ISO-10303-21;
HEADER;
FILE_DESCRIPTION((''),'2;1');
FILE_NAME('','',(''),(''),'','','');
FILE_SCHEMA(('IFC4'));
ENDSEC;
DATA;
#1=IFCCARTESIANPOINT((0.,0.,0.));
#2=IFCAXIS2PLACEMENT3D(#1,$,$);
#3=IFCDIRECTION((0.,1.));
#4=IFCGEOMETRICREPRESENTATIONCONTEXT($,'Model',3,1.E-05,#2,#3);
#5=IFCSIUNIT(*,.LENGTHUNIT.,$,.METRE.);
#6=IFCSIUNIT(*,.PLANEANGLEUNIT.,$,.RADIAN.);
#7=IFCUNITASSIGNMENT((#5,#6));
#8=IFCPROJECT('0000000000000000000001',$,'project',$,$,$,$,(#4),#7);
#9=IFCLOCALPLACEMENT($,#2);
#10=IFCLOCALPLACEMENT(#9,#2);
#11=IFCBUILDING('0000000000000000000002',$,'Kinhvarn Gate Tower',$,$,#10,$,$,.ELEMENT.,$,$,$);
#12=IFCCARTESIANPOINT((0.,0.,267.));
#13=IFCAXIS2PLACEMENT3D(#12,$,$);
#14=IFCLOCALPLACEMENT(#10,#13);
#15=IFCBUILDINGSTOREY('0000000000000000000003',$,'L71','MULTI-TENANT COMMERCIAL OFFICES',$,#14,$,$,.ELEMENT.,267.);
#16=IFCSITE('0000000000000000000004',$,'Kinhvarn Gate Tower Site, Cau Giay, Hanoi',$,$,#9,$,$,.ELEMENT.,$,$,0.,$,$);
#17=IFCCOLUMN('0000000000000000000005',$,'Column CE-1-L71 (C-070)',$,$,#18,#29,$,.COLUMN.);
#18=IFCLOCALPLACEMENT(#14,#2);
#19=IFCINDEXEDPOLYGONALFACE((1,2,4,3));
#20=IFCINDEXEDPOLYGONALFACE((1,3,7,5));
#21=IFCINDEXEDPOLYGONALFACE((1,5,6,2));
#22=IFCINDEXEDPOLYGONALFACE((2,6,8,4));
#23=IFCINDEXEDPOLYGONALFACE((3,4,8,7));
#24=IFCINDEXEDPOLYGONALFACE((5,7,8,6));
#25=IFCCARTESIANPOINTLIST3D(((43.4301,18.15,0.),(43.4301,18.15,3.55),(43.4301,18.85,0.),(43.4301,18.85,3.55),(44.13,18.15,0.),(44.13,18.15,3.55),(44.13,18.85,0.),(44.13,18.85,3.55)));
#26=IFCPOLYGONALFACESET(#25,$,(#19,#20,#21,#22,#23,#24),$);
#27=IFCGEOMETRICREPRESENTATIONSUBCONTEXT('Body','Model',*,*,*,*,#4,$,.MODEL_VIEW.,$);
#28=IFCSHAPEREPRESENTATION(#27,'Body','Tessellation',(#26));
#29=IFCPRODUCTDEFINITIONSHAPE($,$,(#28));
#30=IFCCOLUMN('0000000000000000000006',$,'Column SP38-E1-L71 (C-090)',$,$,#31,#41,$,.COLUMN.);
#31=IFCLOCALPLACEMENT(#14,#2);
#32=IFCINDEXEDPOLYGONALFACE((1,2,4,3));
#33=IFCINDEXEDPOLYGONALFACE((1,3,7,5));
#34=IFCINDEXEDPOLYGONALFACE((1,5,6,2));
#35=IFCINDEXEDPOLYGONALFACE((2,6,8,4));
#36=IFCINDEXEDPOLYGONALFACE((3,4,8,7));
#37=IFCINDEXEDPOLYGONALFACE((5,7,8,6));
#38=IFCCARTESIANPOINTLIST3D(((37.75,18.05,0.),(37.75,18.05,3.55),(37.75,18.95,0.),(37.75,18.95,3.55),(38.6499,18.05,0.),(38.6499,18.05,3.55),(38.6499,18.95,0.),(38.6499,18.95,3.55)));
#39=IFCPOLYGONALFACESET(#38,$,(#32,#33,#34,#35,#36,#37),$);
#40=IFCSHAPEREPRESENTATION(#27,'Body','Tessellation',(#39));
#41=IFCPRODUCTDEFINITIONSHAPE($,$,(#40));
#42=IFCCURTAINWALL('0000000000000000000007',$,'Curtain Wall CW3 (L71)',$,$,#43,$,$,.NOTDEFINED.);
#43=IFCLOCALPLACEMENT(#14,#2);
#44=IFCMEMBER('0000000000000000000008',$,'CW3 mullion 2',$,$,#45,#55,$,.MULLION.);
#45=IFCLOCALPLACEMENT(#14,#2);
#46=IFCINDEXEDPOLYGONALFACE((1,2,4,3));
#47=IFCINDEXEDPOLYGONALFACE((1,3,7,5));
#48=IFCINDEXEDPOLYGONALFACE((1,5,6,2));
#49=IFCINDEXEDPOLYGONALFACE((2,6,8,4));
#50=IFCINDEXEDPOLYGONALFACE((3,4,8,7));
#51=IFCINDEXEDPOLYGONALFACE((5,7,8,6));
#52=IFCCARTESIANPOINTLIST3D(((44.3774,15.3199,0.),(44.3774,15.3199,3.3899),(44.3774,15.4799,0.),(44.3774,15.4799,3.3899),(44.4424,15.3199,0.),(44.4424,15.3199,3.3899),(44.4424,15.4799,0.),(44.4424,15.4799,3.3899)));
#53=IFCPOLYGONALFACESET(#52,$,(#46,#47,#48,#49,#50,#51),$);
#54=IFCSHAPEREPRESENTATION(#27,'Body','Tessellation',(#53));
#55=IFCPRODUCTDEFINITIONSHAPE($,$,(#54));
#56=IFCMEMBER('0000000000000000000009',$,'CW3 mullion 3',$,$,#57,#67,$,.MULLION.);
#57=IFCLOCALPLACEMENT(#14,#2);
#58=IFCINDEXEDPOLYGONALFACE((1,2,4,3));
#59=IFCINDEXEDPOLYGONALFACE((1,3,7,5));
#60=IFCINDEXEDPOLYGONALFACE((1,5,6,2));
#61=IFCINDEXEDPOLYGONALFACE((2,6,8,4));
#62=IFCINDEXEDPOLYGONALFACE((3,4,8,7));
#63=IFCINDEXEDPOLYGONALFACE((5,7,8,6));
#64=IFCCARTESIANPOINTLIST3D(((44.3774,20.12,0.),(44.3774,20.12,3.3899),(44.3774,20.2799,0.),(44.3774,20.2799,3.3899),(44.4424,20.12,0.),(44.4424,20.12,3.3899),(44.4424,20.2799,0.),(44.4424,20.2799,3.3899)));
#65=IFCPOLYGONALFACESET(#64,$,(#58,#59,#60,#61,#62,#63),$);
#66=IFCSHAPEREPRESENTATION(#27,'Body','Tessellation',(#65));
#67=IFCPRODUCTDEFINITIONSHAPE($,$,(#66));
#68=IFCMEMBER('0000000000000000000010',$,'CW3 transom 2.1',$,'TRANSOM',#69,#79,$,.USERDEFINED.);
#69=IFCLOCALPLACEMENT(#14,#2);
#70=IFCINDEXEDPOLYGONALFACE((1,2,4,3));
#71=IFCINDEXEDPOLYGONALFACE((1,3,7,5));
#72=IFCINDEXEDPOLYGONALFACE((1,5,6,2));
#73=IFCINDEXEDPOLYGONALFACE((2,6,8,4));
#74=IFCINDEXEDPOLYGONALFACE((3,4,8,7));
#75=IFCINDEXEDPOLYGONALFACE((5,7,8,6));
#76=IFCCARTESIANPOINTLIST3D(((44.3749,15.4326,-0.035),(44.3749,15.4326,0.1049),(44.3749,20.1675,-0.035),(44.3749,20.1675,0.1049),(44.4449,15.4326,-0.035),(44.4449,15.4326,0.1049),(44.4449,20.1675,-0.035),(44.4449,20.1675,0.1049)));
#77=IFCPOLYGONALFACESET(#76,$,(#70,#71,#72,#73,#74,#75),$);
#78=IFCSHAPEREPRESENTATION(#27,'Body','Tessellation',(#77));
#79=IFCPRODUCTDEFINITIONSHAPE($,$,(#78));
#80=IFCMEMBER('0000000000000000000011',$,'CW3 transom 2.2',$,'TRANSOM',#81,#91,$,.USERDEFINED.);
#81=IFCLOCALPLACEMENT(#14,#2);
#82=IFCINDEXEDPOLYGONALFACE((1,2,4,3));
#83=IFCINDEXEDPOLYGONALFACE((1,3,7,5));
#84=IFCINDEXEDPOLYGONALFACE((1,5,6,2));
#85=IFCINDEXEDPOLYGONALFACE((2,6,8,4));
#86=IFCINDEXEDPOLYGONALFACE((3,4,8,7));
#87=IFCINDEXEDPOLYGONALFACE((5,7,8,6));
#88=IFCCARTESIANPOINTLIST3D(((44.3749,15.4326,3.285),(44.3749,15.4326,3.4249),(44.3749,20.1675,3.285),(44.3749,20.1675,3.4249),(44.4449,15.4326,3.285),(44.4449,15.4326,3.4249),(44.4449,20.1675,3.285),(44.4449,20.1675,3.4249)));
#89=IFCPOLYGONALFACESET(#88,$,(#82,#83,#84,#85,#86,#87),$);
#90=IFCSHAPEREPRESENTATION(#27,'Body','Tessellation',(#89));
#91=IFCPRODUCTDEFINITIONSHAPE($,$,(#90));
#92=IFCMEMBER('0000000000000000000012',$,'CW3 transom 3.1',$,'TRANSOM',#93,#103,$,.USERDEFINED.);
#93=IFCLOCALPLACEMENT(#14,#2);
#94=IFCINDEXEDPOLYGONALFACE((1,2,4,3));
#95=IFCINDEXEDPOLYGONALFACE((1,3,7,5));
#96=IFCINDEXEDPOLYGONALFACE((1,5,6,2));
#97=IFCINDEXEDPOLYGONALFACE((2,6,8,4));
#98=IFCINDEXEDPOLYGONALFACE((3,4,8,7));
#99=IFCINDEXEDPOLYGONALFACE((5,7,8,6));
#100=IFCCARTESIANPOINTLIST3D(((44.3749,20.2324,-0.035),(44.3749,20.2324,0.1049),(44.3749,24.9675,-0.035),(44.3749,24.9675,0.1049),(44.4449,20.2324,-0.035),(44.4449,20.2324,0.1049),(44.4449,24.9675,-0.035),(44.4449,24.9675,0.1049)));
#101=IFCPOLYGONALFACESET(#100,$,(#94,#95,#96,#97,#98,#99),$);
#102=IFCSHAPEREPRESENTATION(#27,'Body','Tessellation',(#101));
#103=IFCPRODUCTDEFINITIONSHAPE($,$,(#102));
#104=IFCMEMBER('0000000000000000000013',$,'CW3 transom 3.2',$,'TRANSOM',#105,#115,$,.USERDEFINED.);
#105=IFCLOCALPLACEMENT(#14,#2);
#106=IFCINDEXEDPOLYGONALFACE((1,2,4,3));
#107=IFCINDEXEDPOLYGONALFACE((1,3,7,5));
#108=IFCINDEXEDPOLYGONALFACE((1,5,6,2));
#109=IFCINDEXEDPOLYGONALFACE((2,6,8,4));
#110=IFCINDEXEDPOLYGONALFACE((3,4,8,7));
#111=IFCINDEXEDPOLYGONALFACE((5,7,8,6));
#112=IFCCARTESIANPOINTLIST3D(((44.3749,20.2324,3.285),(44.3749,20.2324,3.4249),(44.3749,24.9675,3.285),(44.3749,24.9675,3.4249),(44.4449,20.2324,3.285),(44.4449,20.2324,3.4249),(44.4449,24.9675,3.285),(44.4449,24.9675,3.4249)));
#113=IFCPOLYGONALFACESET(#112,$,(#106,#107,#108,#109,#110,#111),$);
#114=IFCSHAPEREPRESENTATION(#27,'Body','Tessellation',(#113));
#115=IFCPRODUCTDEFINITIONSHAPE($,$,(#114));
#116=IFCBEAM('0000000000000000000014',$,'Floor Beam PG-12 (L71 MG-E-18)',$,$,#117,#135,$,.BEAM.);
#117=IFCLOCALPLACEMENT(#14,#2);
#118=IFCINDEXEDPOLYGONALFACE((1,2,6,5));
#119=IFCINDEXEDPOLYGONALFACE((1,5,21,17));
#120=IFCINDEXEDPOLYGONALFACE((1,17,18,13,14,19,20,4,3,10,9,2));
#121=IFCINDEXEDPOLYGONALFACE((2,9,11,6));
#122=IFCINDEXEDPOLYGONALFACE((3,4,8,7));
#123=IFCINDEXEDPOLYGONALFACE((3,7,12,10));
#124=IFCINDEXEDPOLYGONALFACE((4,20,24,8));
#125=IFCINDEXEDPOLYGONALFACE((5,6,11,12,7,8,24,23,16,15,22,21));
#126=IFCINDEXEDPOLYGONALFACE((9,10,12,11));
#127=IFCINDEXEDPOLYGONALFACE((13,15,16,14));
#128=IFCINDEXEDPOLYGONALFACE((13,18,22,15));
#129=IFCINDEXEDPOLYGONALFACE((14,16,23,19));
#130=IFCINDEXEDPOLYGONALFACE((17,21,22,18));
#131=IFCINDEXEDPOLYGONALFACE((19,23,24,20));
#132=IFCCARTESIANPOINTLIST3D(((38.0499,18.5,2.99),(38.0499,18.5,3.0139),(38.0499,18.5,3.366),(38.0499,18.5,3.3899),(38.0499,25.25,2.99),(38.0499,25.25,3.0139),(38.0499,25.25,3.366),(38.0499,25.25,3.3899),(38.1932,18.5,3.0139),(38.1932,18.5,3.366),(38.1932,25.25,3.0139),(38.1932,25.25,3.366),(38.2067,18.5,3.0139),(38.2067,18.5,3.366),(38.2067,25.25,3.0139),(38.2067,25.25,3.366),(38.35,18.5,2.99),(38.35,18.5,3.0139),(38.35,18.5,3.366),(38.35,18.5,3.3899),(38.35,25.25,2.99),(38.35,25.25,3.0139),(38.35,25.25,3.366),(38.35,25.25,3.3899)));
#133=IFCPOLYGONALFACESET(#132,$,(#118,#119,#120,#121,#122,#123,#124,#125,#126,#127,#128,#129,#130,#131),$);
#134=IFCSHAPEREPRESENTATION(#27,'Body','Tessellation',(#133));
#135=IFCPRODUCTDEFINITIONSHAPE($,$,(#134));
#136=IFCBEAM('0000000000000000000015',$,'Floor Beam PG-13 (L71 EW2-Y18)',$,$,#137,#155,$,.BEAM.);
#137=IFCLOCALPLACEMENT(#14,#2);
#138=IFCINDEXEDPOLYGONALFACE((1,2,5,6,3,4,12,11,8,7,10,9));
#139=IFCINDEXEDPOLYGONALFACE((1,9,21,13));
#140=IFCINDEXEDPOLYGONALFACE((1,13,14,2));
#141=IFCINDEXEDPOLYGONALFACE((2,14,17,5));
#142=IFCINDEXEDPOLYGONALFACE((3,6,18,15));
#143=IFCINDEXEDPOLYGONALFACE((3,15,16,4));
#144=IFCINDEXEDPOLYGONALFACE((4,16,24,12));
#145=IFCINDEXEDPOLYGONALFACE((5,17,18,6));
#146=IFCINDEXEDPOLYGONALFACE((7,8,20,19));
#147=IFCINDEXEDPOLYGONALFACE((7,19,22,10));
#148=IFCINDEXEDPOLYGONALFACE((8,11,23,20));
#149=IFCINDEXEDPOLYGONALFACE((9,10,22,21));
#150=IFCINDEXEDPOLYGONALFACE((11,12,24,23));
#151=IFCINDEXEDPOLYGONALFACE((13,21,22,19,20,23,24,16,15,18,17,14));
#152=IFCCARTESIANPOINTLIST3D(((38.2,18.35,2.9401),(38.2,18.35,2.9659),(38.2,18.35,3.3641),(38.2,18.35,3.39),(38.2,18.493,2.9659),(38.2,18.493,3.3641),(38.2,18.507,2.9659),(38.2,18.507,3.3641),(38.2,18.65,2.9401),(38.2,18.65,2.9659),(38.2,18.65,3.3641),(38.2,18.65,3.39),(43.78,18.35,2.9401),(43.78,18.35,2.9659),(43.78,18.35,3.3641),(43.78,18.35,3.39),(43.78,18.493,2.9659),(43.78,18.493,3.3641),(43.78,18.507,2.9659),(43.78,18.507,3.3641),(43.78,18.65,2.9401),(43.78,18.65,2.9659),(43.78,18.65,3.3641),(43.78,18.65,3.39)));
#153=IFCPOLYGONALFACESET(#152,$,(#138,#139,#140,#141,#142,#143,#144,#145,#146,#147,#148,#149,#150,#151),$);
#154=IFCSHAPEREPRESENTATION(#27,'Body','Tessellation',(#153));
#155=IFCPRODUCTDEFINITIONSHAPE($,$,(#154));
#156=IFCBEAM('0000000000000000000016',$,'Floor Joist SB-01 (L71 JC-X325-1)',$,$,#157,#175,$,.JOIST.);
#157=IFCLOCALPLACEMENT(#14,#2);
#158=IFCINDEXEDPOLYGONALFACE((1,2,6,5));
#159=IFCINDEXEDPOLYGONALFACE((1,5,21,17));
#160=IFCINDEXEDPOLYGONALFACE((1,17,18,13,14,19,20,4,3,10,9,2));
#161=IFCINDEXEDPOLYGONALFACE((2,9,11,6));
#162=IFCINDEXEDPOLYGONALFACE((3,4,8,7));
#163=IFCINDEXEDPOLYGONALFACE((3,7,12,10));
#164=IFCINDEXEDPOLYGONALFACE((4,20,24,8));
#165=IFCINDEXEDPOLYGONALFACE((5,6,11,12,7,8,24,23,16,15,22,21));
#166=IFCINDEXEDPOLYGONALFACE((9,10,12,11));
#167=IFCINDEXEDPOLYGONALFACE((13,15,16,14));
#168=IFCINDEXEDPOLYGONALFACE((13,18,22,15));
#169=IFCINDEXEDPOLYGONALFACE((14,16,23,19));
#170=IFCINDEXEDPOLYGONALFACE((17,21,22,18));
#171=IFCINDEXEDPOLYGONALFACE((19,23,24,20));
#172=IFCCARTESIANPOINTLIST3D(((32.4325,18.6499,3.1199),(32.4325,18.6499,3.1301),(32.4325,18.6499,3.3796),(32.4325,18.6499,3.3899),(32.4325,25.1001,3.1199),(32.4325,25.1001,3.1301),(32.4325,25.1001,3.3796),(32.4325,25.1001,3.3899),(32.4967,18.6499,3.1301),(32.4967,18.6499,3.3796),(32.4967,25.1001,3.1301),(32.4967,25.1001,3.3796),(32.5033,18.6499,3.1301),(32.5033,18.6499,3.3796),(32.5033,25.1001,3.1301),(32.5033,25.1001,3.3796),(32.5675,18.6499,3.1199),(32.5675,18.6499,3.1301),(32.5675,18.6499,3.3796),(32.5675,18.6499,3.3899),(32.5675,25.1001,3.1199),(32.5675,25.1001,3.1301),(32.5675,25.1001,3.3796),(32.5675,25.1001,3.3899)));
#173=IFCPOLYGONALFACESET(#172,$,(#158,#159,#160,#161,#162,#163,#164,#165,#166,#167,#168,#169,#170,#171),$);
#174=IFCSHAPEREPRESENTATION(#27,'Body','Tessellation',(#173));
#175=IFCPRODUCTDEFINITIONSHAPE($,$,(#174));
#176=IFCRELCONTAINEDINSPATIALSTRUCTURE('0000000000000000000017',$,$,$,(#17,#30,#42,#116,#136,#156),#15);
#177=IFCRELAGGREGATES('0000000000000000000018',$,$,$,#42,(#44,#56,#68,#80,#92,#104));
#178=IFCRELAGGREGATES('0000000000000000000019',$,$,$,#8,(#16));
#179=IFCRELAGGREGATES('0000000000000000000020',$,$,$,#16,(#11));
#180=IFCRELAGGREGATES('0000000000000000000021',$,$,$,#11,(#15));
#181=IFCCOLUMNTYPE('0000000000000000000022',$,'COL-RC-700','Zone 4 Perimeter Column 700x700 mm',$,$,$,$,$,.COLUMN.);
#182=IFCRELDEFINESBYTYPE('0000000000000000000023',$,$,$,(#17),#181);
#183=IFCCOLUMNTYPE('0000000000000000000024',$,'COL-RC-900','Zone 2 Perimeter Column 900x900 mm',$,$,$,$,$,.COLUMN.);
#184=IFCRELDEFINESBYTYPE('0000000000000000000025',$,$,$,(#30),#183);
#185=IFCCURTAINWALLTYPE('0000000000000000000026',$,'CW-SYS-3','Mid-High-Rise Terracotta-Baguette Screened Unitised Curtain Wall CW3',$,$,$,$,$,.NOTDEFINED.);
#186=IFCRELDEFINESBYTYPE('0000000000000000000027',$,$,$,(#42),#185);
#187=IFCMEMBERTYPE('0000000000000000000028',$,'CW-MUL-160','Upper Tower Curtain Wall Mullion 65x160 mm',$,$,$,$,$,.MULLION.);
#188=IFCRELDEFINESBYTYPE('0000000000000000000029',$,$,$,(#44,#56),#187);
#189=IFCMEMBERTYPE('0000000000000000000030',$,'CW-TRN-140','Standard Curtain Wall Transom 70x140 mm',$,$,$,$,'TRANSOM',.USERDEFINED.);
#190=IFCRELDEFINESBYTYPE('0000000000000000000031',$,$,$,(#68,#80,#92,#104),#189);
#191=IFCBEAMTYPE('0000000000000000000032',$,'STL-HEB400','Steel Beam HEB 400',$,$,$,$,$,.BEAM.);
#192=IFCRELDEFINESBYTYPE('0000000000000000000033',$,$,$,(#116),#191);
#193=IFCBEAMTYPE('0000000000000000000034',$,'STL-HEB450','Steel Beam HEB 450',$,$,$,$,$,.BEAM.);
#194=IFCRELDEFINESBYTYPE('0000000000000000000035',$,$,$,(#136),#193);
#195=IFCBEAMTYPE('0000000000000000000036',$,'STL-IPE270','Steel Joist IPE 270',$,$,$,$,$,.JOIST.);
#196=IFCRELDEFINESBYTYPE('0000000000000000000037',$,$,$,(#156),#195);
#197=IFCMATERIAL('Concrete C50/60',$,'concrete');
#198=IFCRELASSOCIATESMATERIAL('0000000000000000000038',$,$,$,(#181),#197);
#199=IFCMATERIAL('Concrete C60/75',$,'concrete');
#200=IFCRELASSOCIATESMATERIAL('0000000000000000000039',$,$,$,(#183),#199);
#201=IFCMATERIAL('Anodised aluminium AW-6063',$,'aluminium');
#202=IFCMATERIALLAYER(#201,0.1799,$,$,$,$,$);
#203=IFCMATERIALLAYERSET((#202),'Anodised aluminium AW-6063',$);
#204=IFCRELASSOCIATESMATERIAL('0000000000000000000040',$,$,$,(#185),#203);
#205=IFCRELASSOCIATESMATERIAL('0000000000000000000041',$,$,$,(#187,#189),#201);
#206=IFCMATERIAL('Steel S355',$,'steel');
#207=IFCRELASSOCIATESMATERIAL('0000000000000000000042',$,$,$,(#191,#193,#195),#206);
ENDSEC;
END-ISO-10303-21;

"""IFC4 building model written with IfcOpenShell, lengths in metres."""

from ifc_helpers import new_model, si_unit, direction, frame, origin, origin_2d, place, context, subcontext, project, spatial, rectangle, i_section, extrude, material, layer, layer_set, material_profile, profile_set, type_object, element, aggregate, save


model = new_model("IFC4")

# Units and contexts
model_context = context("Model", 3, precision=1e-05, world=origin(), true_north=direction((0.0, 1.0)))
body_context = subcontext(model_context, "Body", "Model", "MODEL_VIEW")
ifc_project = project(units=[si_unit("LENGTHUNIT", "METRE"), si_unit("PLANEANGLEUNIT", "RADIAN")], contexts=[model_context])

# Site, building, storey
site_placement = place(None, origin())
site = spatial("IfcSite", under=ifc_project, at=site_placement, Name="Kinhvarn Gate Tower Site, Cau Giay, Hanoi", CompositionType="ELEMENT", RefElevation=0.0)
building_placement = place(site_placement, origin())
building = spatial("IfcBuilding", under=site, at=building_placement, Name="Kinhvarn Gate Tower", CompositionType="ELEMENT")
storey_placement = place(building_placement, frame((0.0, 0.0, 267.0)))
storey = spatial("IfcBuildingStorey", under=building, at=storey_placement, Name="L71", Description="MULTI-TENANT COMMERCIAL OFFICES", CompositionType="ELEMENT", Elevation=267.0)

# Columns
ifc_material_1 = material(Name="Concrete C50/60", Category="concrete")
ifc_material_profile_1 = material_profile(ifc_material_1, rectangle(XDim=0.7, YDim=0.7, at=origin_2d()), Name="RC 700x700")
ifc_profile_set_1 = profile_set([ifc_material_profile_1], Name="Concrete C50/60")
column_type_1 = type_object("IfcColumnType", Name="COL-RC-700", Description="Zone 4 Perimeter Column 700x700 mm", PredefinedType="COLUMN", material=ifc_profile_set_1)
column_1_placement = place(storey_placement, frame((43.78, 18.5, 0.0), z_axis=(0.0, 0.0, 1.0), x_axis=(1.0, 0.0, 0.0)))
element("IfcColumn", 1, at=column_1_placement, inside=storey, type_object=column_type_1, Name="Column CE-1-L71 (C-070)", PredefinedType="COLUMN", context=body_context, shape_type="SweptSolid", body=[
    extrude(rectangle(XDim=0.7, YDim=0.7, at=origin_2d()), origin(), (0.0, 0.0, 1.0), 3.55),
])
ifc_material_2 = material(Name="Concrete C60/75", Category="concrete")
ifc_material_profile_2 = material_profile(ifc_material_2, rectangle(XDim=0.8999, YDim=0.8999, at=origin_2d()), Name="RC 900x900")
ifc_profile_set_2 = profile_set([ifc_material_profile_2], Name="Concrete C60/75")
column_type_2 = type_object("IfcColumnType", Name="COL-RC-900", Description="Zone 2 Perimeter Column 900x900 mm", PredefinedType="COLUMN", material=ifc_profile_set_2)
column_2_placement = place(storey_placement, frame((38.2, 18.5, 0.0), z_axis=(0.0, 0.0, 1.0), x_axis=(1.0, 0.0, 0.0)))
element("IfcColumn", 2, at=column_2_placement, inside=storey, type_object=column_type_2, Name="Column SP38-E1-L71 (C-090)", PredefinedType="COLUMN", context=body_context, shape_type="SweptSolid", body=[
    extrude(rectangle(XDim=0.8999, YDim=0.8999, at=origin_2d()), origin(), (0.0, 0.0, 1.0), 3.55),
])

# Curtain wall, members
ifc_material_3 = material(Name="Anodised aluminium AW-6063", Category="aluminium")
ifc_layer_1 = layer(ifc_material_3, 0.1799)
ifc_layer_set_1 = layer_set([ifc_layer_1], Name="Anodised aluminium AW-6063")
curtain_wall_type = type_object("IfcCurtainWallType", Name="CW-SYS-3", Description="Mid-High-Rise Terracotta-Baguette Screened Unitised Curtain Wall CW3", PredefinedType="NOTDEFINED", material=ifc_layer_set_1)
curtain_wall_placement = place(storey_placement, origin())
curtain_wall = element("IfcCurtainWall", 3, at=curtain_wall_placement, inside=storey, type_object=curtain_wall_type, Name="Curtain Wall CW3 (L71)", PredefinedType="NOTDEFINED")
ifc_material_profile_3 = material_profile(ifc_material_3, rectangle(XDim=0.0649, YDim=0.1599, at=origin_2d()), Name="ALU 65x160")
ifc_profile_set_3 = profile_set([ifc_material_profile_3], Name="Anodised aluminium AW-6063")
member_type_1 = type_object("IfcMemberType", Name="CW-MUL-160", Description="Upper Tower Curtain Wall Mullion 65x160 mm", PredefinedType="MULLION", material=ifc_profile_set_3)
member_1_placement = place(storey_placement, frame((44.4099, 15.3999, 0.0), z_axis=(0.0, 0.0, 1.0), x_axis=(-1.0, 0.0, 0.0)))
member_1 = element("IfcMember", 4, at=member_1_placement, type_object=member_type_1, Name="CW3 mullion 2", PredefinedType="MULLION", context=body_context, shape_type="SweptSolid", body=[
    extrude(rectangle(XDim=0.0649, YDim=0.1599, at=origin_2d()), origin(), (0.0, 0.0, 1.0), 3.3899),
])
member_2_placement = place(storey_placement, frame((44.4099, 20.2, 0.0), z_axis=(0.0, 0.0, 1.0), x_axis=(-1.0, 0.0, 0.0)))
member_2 = element("IfcMember", 5, at=member_2_placement, type_object=member_type_1, Name="CW3 mullion 3", PredefinedType="MULLION", context=body_context, shape_type="SweptSolid", body=[
    extrude(rectangle(XDim=0.0649, YDim=0.1599, at=origin_2d()), origin(), (0.0, 0.0, 1.0), 3.3899),
])
ifc_material_profile_4 = material_profile(ifc_material_3, rectangle(XDim=0.0701, YDim=0.1399, at=origin_2d()), Name="ALU 70x140")
ifc_profile_set_4 = profile_set([ifc_material_profile_4], Name="Anodised aluminium AW-6063")
member_type_2 = type_object("IfcMemberType", Name="CW-TRN-140", Description="Standard Curtain Wall Transom 70x140 mm", ElementType="TRANSOM", PredefinedType="USERDEFINED", material=ifc_profile_set_4)
member_3_placement = place(storey_placement, frame((44.4099, 15.4326, 0.0349), z_axis=(0.0, 1.0, 0.0), x_axis=(-1.0, 0.0, 0.0)))
member_3 = element("IfcMember", 6, at=member_3_placement, type_object=member_type_2, Name="CW3 transom 2.1", ObjectType="TRANSOM", PredefinedType="USERDEFINED", context=body_context, shape_type="SweptSolid", body=[
    extrude(rectangle(XDim=0.0701, YDim=0.1399, at=origin_2d()), origin(), (0.0, 0.0, 1.0), 4.7349),
])
member_4_placement = place(storey_placement, frame((44.4099, 15.4326, 3.355), z_axis=(0.0, 1.0, 0.0), x_axis=(-1.0, 0.0, 0.0)))
member_4 = element("IfcMember", 7, at=member_4_placement, type_object=member_type_2, Name="CW3 transom 2.2", ObjectType="TRANSOM", PredefinedType="USERDEFINED", context=body_context, shape_type="SweptSolid", body=[
    extrude(rectangle(XDim=0.0701, YDim=0.1399, at=origin_2d()), origin(), (0.0, 0.0, 1.0), 4.7349),
])
member_5_placement = place(storey_placement, frame((44.4099, 20.2324, 0.0349), z_axis=(0.0, 1.0, 0.0), x_axis=(-1.0, 0.0, 0.0)))
member_5 = element("IfcMember", 8, at=member_5_placement, type_object=member_type_2, Name="CW3 transom 3.1", ObjectType="TRANSOM", PredefinedType="USERDEFINED", context=body_context, shape_type="SweptSolid", body=[
    extrude(rectangle(XDim=0.0701, YDim=0.1399, at=origin_2d()), origin(), (0.0, 0.0, 1.0), 4.7351),
])
member_6_placement = place(storey_placement, frame((44.4099, 20.2324, 3.355), z_axis=(0.0, 1.0, 0.0), x_axis=(-1.0, 0.0, 0.0)))
member_6 = element("IfcMember", 9, at=member_6_placement, type_object=member_type_2, Name="CW3 transom 3.2", ObjectType="TRANSOM", PredefinedType="USERDEFINED", context=body_context, shape_type="SweptSolid", body=[
    extrude(rectangle(XDim=0.0701, YDim=0.1399, at=origin_2d()), origin(), (0.0, 0.0, 1.0), 4.7351),
])

# Beams
ifc_material_4 = material(Name="Steel S355", Category="steel")
ifc_material_profile_5 = material_profile(ifc_material_4, i_section(OverallWidth=0.3, OverallDepth=0.3999, WebThickness=0.0134, FlangeThickness=0.0239, at=origin_2d()), Name="HEB 400")
ifc_profile_set_5 = profile_set([ifc_material_profile_5], Name="Steel S355")
beam_type_1 = type_object("IfcBeamType", Name="STL-HEB400", Description="Steel Beam HEB 400", PredefinedType="BEAM", material=ifc_profile_set_5)
beam_1_placement = place(storey_placement, frame((38.2, 18.5, 3.1899), z_axis=(0.0, 1.0, 0.0), x_axis=(-1.0, 0.0, 0.0)))
element("IfcBeam", 10, at=beam_1_placement, inside=storey, type_object=beam_type_1, Name="Floor Beam PG-12 (L71 MG-E-18)", PredefinedType="BEAM", context=body_context, shape_type="SweptSolid", body=[
    extrude(i_section(OverallWidth=0.3, OverallDepth=0.3999, WebThickness=0.0134, FlangeThickness=0.0239, at=origin_2d()), origin(), (0.0, 0.0, 1.0), 6.75),
])
ifc_material_profile_6 = material_profile(ifc_material_4, i_section(OverallWidth=0.3, OverallDepth=0.45, WebThickness=0.0139, FlangeThickness=0.0259, at=origin_2d()), Name="HEB 450")
ifc_profile_set_6 = profile_set([ifc_material_profile_6], Name="Steel S355")
beam_type_2 = type_object("IfcBeamType", Name="STL-HEB450", Description="Steel Beam HEB 450", PredefinedType="BEAM", material=ifc_profile_set_6)
beam_2_placement = place(storey_placement, frame((38.2, 18.5, 3.165), z_axis=(1.0, 0.0, 0.0), x_axis=(0.0, 1.0, 0.0)))
element("IfcBeam", 11, at=beam_2_placement, inside=storey, type_object=beam_type_2, Name="Floor Beam PG-13 (L71 EW2-Y18)", PredefinedType="BEAM", context=body_context, shape_type="SweptSolid", body=[
    extrude(i_section(OverallWidth=0.3, OverallDepth=0.45, WebThickness=0.0139, FlangeThickness=0.0259, at=origin_2d()), origin(), (0.0, 0.0, 1.0), 5.5801),
])
ifc_material_profile_7 = material_profile(ifc_material_4, i_section(OverallWidth=0.135, OverallDepth=0.27, WebThickness=0.0066, FlangeThickness=0.0103, at=origin_2d()), Name="IPE 270")
ifc_profile_set_7 = profile_set([ifc_material_profile_7], Name="Steel S355")
beam_type_3 = type_object("IfcBeamType", Name="STL-IPE270", Description="Steel Joist IPE 270", PredefinedType="JOIST", material=ifc_profile_set_7)
beam_3_placement = place(storey_placement, frame((32.5, 18.6499, 3.2549), z_axis=(0.0, 1.0, 0.0), x_axis=(-1.0, 0.0, 0.0)))
element("IfcBeam", 12, at=beam_3_placement, inside=storey, type_object=beam_type_3, Name="Floor Joist SB-01 (L71 JC-X325-1)", PredefinedType="JOIST", context=body_context, shape_type="SweptSolid", body=[
    extrude(i_section(OverallWidth=0.135, OverallDepth=0.27, WebThickness=0.0066, FlangeThickness=0.0103, at=origin_2d()), origin(), (0.0, 0.0, 1.0), 6.4502),
])

aggregate(curtain_wall, [member_1, member_2, member_3, member_4, member_5, member_6])

save(model, "model.ifc")
